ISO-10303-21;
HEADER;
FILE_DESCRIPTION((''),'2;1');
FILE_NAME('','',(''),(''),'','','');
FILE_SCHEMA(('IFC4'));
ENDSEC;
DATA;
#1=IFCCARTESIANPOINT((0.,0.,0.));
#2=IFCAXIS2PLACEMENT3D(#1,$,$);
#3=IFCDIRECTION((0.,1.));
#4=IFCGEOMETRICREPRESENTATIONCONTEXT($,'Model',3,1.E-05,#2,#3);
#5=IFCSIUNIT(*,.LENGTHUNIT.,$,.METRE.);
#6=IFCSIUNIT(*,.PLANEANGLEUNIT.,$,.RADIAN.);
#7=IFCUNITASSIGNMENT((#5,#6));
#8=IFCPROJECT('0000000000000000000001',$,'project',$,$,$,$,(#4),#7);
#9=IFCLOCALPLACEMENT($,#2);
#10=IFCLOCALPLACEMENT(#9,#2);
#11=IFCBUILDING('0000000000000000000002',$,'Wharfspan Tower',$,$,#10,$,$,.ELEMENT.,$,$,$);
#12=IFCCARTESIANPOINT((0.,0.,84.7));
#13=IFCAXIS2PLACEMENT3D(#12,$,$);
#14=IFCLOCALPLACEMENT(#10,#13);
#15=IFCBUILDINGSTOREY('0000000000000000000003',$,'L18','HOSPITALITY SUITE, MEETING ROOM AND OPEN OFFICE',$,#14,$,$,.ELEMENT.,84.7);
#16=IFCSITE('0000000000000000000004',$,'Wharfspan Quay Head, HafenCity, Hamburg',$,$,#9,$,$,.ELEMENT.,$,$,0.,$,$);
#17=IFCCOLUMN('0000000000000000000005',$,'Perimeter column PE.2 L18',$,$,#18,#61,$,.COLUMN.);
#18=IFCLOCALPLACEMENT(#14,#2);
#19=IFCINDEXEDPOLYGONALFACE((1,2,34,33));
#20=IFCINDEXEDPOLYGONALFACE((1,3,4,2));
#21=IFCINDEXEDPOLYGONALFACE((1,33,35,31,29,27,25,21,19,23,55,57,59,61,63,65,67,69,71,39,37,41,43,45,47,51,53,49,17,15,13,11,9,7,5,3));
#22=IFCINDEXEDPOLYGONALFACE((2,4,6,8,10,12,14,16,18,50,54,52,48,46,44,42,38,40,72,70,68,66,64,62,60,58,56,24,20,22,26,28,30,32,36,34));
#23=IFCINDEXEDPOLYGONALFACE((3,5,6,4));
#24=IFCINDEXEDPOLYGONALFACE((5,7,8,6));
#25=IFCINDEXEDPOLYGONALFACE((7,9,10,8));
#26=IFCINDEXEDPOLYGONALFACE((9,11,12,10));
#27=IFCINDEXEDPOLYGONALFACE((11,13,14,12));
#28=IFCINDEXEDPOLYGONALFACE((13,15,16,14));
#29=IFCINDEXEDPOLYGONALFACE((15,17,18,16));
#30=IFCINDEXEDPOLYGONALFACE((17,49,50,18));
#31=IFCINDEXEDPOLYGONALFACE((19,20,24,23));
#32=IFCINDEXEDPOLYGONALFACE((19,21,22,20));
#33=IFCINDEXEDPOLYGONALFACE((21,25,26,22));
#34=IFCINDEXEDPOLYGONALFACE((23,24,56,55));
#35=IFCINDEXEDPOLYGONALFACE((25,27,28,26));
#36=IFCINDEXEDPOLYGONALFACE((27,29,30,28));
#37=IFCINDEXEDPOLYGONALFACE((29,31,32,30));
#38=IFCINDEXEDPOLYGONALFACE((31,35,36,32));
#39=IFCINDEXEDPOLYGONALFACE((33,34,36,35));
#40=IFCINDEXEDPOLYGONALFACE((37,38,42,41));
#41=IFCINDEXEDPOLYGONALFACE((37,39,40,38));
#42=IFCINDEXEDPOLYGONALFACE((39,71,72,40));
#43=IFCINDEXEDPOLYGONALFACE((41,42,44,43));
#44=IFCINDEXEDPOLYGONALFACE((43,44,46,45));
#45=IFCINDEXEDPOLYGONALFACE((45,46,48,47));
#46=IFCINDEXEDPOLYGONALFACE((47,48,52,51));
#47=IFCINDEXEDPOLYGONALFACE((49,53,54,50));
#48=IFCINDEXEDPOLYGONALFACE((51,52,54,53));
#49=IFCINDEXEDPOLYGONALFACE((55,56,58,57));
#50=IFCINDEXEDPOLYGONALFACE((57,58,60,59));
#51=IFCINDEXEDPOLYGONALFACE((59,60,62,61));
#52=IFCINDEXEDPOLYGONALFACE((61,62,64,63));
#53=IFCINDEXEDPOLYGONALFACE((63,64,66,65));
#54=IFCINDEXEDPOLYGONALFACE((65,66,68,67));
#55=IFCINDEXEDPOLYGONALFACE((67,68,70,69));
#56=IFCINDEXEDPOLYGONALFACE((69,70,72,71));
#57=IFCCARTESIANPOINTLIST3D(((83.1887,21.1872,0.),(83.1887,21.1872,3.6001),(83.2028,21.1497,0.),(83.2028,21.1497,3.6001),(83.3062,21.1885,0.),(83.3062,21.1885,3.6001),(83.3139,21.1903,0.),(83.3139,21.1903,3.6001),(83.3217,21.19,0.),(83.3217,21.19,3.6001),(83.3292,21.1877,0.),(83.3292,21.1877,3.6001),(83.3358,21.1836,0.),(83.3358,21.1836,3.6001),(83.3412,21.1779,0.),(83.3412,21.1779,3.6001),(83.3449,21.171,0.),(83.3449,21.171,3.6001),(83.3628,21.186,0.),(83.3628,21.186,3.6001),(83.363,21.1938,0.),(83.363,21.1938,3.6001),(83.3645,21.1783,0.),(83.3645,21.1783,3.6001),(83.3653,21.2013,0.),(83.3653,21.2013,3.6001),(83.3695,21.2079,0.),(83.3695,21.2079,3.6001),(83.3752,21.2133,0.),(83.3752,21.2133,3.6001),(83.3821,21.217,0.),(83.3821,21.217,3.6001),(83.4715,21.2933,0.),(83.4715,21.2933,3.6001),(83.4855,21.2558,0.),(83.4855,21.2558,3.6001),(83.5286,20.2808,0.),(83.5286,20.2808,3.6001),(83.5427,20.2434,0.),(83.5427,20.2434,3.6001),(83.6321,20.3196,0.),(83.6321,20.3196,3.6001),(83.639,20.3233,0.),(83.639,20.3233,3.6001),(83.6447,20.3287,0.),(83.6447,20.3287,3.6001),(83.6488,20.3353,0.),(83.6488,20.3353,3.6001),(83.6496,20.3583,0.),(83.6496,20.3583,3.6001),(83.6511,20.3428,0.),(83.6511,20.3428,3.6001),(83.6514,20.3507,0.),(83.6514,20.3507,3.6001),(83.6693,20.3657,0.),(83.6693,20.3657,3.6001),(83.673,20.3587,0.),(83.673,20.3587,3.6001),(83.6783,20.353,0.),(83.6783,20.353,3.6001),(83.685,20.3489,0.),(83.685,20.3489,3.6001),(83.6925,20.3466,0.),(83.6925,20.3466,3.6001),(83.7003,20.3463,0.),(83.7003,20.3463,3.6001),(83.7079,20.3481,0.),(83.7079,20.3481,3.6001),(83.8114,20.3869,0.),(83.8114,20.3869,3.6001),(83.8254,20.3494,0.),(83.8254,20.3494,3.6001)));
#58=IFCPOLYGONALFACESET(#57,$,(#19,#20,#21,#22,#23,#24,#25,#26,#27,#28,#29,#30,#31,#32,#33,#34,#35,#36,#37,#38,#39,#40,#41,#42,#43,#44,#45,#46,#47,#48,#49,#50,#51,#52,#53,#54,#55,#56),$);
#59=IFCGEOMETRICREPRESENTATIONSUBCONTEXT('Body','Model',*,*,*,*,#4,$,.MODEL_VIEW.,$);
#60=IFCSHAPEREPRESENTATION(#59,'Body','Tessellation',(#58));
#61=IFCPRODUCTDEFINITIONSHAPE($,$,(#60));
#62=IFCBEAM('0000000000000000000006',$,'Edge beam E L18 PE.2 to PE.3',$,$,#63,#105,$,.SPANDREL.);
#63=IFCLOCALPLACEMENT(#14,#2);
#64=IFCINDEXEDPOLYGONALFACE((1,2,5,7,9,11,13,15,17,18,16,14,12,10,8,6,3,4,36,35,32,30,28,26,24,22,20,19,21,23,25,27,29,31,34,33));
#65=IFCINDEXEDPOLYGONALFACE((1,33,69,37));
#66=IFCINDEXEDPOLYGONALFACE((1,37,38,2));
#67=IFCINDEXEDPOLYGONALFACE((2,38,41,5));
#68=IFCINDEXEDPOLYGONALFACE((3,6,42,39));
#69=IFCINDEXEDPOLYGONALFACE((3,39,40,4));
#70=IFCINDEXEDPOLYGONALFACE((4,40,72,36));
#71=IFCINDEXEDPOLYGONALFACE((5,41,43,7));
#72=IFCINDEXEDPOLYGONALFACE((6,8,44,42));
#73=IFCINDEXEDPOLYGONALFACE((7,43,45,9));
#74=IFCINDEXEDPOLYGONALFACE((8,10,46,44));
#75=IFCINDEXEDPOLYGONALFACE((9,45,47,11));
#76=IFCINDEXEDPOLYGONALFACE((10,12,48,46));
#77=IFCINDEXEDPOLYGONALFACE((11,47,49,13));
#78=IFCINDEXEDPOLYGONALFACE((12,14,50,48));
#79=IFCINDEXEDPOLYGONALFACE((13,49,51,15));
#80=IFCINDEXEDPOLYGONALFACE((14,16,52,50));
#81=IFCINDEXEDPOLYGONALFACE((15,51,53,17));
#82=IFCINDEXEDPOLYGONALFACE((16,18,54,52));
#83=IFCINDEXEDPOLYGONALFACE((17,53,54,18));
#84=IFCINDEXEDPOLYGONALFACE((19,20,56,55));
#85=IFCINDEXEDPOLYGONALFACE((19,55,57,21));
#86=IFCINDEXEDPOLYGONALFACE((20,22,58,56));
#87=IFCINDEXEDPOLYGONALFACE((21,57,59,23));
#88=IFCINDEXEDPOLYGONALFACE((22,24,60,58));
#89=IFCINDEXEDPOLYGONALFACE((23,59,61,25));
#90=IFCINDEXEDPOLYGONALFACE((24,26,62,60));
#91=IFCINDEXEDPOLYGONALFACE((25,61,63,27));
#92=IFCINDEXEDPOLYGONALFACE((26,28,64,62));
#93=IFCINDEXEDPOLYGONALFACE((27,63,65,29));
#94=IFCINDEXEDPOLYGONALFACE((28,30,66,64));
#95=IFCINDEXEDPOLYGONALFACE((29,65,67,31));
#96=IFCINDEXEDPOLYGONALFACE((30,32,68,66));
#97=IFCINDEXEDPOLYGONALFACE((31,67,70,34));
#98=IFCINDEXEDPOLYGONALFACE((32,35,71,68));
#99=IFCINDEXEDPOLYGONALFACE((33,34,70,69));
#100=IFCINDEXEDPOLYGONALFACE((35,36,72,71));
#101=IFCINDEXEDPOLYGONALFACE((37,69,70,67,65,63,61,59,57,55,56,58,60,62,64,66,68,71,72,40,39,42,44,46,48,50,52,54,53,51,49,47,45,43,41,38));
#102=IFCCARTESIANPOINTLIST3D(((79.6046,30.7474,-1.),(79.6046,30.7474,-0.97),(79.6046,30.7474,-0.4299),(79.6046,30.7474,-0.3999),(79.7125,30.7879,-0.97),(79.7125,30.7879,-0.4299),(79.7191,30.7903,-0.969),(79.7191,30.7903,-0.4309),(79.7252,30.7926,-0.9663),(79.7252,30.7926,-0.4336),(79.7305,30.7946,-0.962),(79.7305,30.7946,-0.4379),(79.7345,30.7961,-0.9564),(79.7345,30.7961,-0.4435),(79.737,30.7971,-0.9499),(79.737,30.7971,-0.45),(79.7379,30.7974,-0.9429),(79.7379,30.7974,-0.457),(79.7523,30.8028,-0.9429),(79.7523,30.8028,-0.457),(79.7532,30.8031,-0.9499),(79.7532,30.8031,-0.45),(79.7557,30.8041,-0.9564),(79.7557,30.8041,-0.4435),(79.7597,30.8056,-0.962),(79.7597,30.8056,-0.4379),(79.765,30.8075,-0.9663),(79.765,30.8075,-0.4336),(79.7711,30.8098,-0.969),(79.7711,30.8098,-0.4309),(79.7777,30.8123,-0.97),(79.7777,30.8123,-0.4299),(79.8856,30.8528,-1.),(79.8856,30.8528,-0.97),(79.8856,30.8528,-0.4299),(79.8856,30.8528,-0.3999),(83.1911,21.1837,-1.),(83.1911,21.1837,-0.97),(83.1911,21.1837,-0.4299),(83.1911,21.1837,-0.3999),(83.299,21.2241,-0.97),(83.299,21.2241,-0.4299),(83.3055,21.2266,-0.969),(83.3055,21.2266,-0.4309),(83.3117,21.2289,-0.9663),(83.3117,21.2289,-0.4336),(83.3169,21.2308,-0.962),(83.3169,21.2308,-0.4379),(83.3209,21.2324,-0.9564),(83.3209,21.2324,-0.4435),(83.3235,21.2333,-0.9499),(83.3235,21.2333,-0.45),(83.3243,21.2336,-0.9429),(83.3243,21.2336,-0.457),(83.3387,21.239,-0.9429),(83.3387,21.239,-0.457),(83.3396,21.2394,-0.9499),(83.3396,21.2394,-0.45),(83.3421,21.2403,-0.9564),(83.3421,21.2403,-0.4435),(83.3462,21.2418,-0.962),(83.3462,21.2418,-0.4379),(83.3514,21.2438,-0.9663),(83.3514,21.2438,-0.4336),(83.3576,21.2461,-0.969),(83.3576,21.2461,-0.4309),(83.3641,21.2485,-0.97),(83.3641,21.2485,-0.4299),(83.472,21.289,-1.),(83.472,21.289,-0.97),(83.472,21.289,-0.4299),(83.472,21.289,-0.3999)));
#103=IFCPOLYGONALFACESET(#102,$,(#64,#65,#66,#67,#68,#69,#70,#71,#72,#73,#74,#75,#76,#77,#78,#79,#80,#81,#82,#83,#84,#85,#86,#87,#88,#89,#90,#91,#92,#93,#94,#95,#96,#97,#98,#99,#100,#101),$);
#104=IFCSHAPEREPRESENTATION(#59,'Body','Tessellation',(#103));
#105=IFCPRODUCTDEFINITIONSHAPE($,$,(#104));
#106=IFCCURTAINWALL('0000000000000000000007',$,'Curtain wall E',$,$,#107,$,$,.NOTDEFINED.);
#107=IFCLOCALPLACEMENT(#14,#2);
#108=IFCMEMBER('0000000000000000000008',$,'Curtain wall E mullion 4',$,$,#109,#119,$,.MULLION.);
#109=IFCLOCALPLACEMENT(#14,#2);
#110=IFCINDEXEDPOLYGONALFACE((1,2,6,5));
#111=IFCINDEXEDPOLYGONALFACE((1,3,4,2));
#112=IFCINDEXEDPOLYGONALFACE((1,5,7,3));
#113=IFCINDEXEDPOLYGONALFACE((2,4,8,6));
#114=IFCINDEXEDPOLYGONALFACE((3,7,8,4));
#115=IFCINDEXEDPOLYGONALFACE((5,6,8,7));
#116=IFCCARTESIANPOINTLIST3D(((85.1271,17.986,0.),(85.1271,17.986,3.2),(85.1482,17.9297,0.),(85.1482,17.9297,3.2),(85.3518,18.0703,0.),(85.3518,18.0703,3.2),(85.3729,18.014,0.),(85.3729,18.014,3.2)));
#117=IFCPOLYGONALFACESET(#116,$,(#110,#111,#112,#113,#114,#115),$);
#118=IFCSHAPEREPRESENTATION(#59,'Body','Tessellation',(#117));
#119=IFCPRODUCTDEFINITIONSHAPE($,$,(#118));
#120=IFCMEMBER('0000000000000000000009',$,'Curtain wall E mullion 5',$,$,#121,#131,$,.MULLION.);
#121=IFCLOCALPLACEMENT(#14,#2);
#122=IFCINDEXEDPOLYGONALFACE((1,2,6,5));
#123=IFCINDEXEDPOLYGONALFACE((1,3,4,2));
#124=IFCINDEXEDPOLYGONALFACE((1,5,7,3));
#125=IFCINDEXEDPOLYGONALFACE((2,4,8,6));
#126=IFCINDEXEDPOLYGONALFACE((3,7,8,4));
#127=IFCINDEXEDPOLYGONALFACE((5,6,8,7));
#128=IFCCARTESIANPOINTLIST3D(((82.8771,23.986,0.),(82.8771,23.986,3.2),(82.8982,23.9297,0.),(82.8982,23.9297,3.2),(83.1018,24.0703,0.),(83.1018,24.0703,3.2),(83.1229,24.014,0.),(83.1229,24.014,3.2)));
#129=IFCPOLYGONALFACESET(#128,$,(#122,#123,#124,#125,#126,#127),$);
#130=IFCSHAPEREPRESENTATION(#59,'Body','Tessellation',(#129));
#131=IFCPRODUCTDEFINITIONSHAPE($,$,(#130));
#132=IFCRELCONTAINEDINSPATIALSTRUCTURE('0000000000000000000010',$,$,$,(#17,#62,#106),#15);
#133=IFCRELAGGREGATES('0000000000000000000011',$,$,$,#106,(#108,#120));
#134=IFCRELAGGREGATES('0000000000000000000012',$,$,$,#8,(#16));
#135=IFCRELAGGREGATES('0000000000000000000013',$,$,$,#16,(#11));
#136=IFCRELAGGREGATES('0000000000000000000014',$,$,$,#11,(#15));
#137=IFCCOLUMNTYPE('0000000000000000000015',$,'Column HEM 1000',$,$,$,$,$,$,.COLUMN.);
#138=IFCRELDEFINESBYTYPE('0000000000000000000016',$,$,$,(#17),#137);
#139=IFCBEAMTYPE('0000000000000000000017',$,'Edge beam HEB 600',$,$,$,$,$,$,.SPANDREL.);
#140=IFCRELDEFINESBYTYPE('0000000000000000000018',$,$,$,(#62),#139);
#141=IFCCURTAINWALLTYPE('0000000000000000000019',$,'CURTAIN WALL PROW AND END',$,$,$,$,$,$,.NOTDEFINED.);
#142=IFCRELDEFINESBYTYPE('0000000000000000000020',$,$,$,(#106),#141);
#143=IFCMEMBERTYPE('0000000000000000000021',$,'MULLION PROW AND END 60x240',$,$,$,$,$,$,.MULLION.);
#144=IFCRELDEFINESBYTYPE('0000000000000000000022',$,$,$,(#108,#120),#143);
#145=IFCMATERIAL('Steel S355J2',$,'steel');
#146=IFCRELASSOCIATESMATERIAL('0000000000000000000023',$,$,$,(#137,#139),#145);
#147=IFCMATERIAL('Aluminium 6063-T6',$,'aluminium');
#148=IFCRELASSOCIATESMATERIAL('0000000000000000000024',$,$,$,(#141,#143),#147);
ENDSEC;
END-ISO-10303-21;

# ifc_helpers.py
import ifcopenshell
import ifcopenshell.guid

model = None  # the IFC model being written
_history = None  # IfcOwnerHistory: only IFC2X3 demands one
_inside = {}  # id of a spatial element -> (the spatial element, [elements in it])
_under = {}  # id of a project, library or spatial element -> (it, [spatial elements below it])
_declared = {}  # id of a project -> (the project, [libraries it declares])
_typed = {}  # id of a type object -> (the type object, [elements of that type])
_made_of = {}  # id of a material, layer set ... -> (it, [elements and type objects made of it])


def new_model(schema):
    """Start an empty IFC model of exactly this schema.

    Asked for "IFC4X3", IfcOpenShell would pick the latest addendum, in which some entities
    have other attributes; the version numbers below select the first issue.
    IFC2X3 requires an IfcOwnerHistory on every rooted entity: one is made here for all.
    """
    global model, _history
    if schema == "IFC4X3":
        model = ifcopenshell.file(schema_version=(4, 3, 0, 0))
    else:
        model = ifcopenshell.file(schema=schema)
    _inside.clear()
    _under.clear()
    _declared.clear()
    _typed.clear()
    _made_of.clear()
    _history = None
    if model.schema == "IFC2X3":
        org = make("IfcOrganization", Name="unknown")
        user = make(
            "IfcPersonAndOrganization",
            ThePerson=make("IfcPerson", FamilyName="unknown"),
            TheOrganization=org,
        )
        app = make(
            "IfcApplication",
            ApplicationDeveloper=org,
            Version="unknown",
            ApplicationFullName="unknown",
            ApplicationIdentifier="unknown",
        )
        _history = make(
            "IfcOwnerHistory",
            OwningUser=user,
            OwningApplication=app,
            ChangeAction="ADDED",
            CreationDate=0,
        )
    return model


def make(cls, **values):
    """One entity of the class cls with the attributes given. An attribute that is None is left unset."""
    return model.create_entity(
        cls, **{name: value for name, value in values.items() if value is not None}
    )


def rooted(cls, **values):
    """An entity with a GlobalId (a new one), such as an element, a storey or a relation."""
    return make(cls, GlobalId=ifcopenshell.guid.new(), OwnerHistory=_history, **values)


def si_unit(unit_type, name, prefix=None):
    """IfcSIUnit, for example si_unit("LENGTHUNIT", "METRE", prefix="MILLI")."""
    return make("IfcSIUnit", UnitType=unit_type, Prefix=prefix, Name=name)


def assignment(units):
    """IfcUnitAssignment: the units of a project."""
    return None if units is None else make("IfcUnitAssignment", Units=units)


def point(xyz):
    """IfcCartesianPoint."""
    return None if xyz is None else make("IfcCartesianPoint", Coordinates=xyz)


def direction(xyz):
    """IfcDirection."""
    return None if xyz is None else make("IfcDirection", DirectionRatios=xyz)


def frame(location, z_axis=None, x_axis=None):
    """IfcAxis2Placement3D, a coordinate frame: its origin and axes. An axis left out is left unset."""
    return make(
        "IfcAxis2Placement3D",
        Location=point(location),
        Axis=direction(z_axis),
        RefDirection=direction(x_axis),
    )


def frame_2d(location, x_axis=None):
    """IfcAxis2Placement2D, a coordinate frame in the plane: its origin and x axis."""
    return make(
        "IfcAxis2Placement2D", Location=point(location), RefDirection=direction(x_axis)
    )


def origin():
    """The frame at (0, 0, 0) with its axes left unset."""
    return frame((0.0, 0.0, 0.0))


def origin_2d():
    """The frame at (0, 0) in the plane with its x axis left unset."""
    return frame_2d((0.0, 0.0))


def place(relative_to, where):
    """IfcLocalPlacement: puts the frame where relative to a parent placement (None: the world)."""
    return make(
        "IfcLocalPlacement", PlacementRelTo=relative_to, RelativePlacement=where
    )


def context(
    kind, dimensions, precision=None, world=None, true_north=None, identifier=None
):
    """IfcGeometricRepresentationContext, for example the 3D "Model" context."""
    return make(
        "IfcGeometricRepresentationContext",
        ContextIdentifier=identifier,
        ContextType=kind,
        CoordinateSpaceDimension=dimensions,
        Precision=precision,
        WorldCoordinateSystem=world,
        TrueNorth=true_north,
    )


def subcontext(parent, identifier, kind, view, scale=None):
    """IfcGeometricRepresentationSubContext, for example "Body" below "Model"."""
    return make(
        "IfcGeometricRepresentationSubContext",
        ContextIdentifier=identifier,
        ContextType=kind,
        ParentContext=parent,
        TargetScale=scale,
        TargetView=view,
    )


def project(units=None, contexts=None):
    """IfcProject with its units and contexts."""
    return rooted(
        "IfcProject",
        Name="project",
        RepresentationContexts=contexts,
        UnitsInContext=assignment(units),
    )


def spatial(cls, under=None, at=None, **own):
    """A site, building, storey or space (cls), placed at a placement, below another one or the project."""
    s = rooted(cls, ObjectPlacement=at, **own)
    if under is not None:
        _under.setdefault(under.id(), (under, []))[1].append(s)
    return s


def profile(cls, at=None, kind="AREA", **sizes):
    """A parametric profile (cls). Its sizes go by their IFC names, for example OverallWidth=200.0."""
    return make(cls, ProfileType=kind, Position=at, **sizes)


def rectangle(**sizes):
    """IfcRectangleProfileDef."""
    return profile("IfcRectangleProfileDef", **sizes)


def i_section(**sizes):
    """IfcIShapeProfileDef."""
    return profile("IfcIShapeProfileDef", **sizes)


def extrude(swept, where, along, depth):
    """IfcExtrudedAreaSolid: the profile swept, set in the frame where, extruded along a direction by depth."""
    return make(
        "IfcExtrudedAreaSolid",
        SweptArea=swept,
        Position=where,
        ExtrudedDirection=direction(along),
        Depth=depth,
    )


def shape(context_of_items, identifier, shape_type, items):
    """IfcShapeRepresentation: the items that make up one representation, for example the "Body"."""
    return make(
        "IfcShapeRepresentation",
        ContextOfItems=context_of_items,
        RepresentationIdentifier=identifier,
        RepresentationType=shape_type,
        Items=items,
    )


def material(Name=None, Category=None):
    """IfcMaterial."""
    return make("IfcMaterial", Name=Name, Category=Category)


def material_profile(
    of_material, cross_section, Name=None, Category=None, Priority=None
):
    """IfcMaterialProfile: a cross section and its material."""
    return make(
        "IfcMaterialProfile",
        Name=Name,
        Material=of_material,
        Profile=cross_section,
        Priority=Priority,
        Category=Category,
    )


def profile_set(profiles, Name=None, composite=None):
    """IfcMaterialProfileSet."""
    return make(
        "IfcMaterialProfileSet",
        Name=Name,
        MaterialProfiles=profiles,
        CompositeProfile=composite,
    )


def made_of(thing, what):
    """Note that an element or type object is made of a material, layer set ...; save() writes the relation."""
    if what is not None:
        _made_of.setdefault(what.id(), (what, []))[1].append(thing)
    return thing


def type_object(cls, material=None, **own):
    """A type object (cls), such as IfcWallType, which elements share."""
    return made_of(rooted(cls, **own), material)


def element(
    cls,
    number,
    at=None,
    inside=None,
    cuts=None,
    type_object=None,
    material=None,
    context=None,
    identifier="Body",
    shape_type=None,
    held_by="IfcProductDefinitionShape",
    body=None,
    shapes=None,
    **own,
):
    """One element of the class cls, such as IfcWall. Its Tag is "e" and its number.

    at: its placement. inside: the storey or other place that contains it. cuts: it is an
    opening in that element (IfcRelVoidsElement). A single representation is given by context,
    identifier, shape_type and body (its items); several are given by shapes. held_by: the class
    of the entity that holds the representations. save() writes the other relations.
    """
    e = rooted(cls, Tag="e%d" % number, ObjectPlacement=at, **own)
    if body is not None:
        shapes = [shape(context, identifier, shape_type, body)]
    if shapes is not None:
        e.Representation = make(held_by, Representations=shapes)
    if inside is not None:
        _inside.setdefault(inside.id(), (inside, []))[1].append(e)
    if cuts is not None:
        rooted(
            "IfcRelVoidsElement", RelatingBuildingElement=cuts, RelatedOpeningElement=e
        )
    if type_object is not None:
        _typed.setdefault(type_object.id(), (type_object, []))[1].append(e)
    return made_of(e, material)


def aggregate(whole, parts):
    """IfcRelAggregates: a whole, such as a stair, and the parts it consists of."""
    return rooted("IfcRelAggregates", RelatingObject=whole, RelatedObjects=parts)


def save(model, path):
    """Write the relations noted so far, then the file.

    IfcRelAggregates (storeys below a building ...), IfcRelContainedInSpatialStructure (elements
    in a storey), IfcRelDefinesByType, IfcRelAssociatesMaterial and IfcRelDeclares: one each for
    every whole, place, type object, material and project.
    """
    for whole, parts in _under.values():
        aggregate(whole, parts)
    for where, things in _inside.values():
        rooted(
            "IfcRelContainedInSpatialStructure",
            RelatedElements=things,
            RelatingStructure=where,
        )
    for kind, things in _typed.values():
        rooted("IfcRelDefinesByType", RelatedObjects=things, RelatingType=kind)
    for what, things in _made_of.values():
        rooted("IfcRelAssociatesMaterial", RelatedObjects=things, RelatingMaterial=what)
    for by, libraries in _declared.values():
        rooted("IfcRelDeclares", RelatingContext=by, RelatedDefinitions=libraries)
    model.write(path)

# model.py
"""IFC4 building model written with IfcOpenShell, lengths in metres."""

from ifc_helpers import new_model, si_unit, direction, frame, origin, origin_2d, place, context, subcontext, project, spatial, rectangle, i_section, extrude, material, material_profile, profile_set, type_object, element, aggregate, save


model = new_model("IFC4")

# Units and contexts
model_context = context("Model", 3, precision=1e-05, world=origin(), true_north=direction((0.0, 1.0)))
body_context = subcontext(model_context, "Body", "Model", "MODEL_VIEW")
ifc_project = project(units=[si_unit("LENGTHUNIT", "METRE"), si_unit("PLANEANGLEUNIT", "RADIAN")], contexts=[model_context])

# Site, building, storey
site_placement = place(None, origin())
site = spatial("IfcSite", under=ifc_project, at=site_placement, Name="Wharfspan Quay Head, HafenCity, Hamburg", CompositionType="ELEMENT", RefElevation=0.0)
building_placement = place(site_placement, origin())
building = spatial("IfcBuilding", under=site, at=building_placement, Name="Wharfspan Tower", CompositionType="ELEMENT")
storey_placement = place(building_placement, frame((0.0, 0.0, 84.7)))
storey = spatial("IfcBuildingStorey", under=building, at=storey_placement, Name="L18", Description="HOSPITALITY SUITE, MEETING ROOM AND OPEN OFFICE", CompositionType="ELEMENT", Elevation=84.7)

# Column
ifc_material_1 = material(Name="Steel S355J2", Category="steel")
ifc_material_profile_1 = material_profile(ifc_material_1, i_section(OverallWidth=0.302, OverallDepth=1.0081, WebThickness=0.021, FlangeThickness=0.04, FilletRadius=0.03, at=origin_2d()))
ifc_profile_set_1 = profile_set([ifc_material_profile_1], Name="Steel S355J2")
column_type = type_object("IfcColumnType", Name="Column HEM 1000", PredefinedType="COLUMN", material=ifc_profile_set_1)
column_placement = place(storey_placement, frame((83.5071, 20.7683, 0.0), z_axis=(0.0, 0.0, 1.0), x_axis=(0.936328, 0.351123, 0.0)))
element("IfcColumn", 1, at=column_placement, inside=storey, type_object=column_type, Name="Perimeter column PE.2 L18", PredefinedType="COLUMN", context=body_context, shape_type="SweptSolid", body=[
    extrude(i_section(OverallWidth=0.302, OverallDepth=1.0081, WebThickness=0.021, FlangeThickness=0.04, FilletRadius=0.03, at=origin_2d()), origin(), (0.0, 0.0, 1.0), 3.6001),
])

# Beam
ifc_material_profile_2 = material_profile(ifc_material_1, i_section(OverallWidth=0.3, OverallDepth=0.6001, WebThickness=0.0154, FlangeThickness=0.03, FilletRadius=0.0271, at=origin_2d()))
ifc_profile_set_2 = profile_set([ifc_material_profile_2], Name="Steel S355J2")
beam_type = type_object("IfcBeamType", Name="Edge beam HEB 600", PredefinedType="SPANDREL", material=ifc_profile_set_2)
beam_placement = place(storey_placement, frame((83.3315, 21.2363, -0.7), z_axis=(-0.351126, 0.936328, 0.0), x_axis=(-0.936328, -0.351126, 0.0)))
element("IfcBeam", 2, at=beam_placement, inside=storey, type_object=beam_type, Name="Edge beam E L18 PE.2 to PE.3", PredefinedType="SPANDREL", context=body_context, shape_type="SweptSolid", body=[
    extrude(i_section(OverallWidth=0.3, OverallDepth=0.6001, WebThickness=0.0154, FlangeThickness=0.03, FilletRadius=0.0271, at=origin_2d()), origin(), (0.0, 0.0, 1.0), 10.2141),
])

# Curtain wall, members
ifc_material_2 = material(Name="Aluminium 6063-T6", Category="aluminium")
curtain_wall_type = type_object("IfcCurtainWallType", Name="CURTAIN WALL PROW AND END", PredefinedType="NOTDEFINED", material=ifc_material_2)
curtain_wall_placement = place(storey_placement, origin())
curtain_wall = element("IfcCurtainWall", 3, at=curtain_wall_placement, inside=storey, type_object=curtain_wall_type, Name="Curtain wall E", PredefinedType="NOTDEFINED")
ifc_material_profile_3 = material_profile(ifc_material_2, rectangle(XDim=0.24, YDim=0.0601, at=origin_2d()))
ifc_profile_set_3 = profile_set([ifc_material_profile_3], Name="Aluminium 6063-T6")
member_type_1 = type_object("IfcMemberType", Name="MULLION PROW AND END 60x240", PredefinedType="MULLION", material=ifc_profile_set_3)
member_1_placement = place(storey_placement, frame((85.25, 18.0, 0.0), z_axis=(0.0, 0.0, 1.0), x_axis=(-0.936328, -0.351123, 0.0)))
member_1 = element("IfcMember", 4, at=member_1_placement, type_object=member_type_1, Name="Curtain wall E mullion 4", PredefinedType="MULLION", context=body_context, shape_type="SweptSolid", body=[
    extrude(rectangle(XDim=0.24, YDim=0.0601, at=origin_2d()), origin(), (0.0, 0.0, 1.0), 3.2),
])
member_2_placement = place(storey_placement, frame((83.0, 24.0, 0.0), z_axis=(0.0, 0.0, 1.0), x_axis=(-0.936328, -0.351123, 0.0)))
member_2 = element("IfcMember", 5, at=member_2_placement, type_object=member_type_1, Name="Curtain wall E mullion 5", PredefinedType="MULLION", context=body_context, shape_type="SweptSolid", body=[
    extrude(rectangle(XDim=0.24, YDim=0.0601, at=origin_2d()), origin(), (0.0, 0.0, 1.0), 3.2),
])

aggregate(curtain_wall, [member_1, member_2])

save(model, "model.ifc")
